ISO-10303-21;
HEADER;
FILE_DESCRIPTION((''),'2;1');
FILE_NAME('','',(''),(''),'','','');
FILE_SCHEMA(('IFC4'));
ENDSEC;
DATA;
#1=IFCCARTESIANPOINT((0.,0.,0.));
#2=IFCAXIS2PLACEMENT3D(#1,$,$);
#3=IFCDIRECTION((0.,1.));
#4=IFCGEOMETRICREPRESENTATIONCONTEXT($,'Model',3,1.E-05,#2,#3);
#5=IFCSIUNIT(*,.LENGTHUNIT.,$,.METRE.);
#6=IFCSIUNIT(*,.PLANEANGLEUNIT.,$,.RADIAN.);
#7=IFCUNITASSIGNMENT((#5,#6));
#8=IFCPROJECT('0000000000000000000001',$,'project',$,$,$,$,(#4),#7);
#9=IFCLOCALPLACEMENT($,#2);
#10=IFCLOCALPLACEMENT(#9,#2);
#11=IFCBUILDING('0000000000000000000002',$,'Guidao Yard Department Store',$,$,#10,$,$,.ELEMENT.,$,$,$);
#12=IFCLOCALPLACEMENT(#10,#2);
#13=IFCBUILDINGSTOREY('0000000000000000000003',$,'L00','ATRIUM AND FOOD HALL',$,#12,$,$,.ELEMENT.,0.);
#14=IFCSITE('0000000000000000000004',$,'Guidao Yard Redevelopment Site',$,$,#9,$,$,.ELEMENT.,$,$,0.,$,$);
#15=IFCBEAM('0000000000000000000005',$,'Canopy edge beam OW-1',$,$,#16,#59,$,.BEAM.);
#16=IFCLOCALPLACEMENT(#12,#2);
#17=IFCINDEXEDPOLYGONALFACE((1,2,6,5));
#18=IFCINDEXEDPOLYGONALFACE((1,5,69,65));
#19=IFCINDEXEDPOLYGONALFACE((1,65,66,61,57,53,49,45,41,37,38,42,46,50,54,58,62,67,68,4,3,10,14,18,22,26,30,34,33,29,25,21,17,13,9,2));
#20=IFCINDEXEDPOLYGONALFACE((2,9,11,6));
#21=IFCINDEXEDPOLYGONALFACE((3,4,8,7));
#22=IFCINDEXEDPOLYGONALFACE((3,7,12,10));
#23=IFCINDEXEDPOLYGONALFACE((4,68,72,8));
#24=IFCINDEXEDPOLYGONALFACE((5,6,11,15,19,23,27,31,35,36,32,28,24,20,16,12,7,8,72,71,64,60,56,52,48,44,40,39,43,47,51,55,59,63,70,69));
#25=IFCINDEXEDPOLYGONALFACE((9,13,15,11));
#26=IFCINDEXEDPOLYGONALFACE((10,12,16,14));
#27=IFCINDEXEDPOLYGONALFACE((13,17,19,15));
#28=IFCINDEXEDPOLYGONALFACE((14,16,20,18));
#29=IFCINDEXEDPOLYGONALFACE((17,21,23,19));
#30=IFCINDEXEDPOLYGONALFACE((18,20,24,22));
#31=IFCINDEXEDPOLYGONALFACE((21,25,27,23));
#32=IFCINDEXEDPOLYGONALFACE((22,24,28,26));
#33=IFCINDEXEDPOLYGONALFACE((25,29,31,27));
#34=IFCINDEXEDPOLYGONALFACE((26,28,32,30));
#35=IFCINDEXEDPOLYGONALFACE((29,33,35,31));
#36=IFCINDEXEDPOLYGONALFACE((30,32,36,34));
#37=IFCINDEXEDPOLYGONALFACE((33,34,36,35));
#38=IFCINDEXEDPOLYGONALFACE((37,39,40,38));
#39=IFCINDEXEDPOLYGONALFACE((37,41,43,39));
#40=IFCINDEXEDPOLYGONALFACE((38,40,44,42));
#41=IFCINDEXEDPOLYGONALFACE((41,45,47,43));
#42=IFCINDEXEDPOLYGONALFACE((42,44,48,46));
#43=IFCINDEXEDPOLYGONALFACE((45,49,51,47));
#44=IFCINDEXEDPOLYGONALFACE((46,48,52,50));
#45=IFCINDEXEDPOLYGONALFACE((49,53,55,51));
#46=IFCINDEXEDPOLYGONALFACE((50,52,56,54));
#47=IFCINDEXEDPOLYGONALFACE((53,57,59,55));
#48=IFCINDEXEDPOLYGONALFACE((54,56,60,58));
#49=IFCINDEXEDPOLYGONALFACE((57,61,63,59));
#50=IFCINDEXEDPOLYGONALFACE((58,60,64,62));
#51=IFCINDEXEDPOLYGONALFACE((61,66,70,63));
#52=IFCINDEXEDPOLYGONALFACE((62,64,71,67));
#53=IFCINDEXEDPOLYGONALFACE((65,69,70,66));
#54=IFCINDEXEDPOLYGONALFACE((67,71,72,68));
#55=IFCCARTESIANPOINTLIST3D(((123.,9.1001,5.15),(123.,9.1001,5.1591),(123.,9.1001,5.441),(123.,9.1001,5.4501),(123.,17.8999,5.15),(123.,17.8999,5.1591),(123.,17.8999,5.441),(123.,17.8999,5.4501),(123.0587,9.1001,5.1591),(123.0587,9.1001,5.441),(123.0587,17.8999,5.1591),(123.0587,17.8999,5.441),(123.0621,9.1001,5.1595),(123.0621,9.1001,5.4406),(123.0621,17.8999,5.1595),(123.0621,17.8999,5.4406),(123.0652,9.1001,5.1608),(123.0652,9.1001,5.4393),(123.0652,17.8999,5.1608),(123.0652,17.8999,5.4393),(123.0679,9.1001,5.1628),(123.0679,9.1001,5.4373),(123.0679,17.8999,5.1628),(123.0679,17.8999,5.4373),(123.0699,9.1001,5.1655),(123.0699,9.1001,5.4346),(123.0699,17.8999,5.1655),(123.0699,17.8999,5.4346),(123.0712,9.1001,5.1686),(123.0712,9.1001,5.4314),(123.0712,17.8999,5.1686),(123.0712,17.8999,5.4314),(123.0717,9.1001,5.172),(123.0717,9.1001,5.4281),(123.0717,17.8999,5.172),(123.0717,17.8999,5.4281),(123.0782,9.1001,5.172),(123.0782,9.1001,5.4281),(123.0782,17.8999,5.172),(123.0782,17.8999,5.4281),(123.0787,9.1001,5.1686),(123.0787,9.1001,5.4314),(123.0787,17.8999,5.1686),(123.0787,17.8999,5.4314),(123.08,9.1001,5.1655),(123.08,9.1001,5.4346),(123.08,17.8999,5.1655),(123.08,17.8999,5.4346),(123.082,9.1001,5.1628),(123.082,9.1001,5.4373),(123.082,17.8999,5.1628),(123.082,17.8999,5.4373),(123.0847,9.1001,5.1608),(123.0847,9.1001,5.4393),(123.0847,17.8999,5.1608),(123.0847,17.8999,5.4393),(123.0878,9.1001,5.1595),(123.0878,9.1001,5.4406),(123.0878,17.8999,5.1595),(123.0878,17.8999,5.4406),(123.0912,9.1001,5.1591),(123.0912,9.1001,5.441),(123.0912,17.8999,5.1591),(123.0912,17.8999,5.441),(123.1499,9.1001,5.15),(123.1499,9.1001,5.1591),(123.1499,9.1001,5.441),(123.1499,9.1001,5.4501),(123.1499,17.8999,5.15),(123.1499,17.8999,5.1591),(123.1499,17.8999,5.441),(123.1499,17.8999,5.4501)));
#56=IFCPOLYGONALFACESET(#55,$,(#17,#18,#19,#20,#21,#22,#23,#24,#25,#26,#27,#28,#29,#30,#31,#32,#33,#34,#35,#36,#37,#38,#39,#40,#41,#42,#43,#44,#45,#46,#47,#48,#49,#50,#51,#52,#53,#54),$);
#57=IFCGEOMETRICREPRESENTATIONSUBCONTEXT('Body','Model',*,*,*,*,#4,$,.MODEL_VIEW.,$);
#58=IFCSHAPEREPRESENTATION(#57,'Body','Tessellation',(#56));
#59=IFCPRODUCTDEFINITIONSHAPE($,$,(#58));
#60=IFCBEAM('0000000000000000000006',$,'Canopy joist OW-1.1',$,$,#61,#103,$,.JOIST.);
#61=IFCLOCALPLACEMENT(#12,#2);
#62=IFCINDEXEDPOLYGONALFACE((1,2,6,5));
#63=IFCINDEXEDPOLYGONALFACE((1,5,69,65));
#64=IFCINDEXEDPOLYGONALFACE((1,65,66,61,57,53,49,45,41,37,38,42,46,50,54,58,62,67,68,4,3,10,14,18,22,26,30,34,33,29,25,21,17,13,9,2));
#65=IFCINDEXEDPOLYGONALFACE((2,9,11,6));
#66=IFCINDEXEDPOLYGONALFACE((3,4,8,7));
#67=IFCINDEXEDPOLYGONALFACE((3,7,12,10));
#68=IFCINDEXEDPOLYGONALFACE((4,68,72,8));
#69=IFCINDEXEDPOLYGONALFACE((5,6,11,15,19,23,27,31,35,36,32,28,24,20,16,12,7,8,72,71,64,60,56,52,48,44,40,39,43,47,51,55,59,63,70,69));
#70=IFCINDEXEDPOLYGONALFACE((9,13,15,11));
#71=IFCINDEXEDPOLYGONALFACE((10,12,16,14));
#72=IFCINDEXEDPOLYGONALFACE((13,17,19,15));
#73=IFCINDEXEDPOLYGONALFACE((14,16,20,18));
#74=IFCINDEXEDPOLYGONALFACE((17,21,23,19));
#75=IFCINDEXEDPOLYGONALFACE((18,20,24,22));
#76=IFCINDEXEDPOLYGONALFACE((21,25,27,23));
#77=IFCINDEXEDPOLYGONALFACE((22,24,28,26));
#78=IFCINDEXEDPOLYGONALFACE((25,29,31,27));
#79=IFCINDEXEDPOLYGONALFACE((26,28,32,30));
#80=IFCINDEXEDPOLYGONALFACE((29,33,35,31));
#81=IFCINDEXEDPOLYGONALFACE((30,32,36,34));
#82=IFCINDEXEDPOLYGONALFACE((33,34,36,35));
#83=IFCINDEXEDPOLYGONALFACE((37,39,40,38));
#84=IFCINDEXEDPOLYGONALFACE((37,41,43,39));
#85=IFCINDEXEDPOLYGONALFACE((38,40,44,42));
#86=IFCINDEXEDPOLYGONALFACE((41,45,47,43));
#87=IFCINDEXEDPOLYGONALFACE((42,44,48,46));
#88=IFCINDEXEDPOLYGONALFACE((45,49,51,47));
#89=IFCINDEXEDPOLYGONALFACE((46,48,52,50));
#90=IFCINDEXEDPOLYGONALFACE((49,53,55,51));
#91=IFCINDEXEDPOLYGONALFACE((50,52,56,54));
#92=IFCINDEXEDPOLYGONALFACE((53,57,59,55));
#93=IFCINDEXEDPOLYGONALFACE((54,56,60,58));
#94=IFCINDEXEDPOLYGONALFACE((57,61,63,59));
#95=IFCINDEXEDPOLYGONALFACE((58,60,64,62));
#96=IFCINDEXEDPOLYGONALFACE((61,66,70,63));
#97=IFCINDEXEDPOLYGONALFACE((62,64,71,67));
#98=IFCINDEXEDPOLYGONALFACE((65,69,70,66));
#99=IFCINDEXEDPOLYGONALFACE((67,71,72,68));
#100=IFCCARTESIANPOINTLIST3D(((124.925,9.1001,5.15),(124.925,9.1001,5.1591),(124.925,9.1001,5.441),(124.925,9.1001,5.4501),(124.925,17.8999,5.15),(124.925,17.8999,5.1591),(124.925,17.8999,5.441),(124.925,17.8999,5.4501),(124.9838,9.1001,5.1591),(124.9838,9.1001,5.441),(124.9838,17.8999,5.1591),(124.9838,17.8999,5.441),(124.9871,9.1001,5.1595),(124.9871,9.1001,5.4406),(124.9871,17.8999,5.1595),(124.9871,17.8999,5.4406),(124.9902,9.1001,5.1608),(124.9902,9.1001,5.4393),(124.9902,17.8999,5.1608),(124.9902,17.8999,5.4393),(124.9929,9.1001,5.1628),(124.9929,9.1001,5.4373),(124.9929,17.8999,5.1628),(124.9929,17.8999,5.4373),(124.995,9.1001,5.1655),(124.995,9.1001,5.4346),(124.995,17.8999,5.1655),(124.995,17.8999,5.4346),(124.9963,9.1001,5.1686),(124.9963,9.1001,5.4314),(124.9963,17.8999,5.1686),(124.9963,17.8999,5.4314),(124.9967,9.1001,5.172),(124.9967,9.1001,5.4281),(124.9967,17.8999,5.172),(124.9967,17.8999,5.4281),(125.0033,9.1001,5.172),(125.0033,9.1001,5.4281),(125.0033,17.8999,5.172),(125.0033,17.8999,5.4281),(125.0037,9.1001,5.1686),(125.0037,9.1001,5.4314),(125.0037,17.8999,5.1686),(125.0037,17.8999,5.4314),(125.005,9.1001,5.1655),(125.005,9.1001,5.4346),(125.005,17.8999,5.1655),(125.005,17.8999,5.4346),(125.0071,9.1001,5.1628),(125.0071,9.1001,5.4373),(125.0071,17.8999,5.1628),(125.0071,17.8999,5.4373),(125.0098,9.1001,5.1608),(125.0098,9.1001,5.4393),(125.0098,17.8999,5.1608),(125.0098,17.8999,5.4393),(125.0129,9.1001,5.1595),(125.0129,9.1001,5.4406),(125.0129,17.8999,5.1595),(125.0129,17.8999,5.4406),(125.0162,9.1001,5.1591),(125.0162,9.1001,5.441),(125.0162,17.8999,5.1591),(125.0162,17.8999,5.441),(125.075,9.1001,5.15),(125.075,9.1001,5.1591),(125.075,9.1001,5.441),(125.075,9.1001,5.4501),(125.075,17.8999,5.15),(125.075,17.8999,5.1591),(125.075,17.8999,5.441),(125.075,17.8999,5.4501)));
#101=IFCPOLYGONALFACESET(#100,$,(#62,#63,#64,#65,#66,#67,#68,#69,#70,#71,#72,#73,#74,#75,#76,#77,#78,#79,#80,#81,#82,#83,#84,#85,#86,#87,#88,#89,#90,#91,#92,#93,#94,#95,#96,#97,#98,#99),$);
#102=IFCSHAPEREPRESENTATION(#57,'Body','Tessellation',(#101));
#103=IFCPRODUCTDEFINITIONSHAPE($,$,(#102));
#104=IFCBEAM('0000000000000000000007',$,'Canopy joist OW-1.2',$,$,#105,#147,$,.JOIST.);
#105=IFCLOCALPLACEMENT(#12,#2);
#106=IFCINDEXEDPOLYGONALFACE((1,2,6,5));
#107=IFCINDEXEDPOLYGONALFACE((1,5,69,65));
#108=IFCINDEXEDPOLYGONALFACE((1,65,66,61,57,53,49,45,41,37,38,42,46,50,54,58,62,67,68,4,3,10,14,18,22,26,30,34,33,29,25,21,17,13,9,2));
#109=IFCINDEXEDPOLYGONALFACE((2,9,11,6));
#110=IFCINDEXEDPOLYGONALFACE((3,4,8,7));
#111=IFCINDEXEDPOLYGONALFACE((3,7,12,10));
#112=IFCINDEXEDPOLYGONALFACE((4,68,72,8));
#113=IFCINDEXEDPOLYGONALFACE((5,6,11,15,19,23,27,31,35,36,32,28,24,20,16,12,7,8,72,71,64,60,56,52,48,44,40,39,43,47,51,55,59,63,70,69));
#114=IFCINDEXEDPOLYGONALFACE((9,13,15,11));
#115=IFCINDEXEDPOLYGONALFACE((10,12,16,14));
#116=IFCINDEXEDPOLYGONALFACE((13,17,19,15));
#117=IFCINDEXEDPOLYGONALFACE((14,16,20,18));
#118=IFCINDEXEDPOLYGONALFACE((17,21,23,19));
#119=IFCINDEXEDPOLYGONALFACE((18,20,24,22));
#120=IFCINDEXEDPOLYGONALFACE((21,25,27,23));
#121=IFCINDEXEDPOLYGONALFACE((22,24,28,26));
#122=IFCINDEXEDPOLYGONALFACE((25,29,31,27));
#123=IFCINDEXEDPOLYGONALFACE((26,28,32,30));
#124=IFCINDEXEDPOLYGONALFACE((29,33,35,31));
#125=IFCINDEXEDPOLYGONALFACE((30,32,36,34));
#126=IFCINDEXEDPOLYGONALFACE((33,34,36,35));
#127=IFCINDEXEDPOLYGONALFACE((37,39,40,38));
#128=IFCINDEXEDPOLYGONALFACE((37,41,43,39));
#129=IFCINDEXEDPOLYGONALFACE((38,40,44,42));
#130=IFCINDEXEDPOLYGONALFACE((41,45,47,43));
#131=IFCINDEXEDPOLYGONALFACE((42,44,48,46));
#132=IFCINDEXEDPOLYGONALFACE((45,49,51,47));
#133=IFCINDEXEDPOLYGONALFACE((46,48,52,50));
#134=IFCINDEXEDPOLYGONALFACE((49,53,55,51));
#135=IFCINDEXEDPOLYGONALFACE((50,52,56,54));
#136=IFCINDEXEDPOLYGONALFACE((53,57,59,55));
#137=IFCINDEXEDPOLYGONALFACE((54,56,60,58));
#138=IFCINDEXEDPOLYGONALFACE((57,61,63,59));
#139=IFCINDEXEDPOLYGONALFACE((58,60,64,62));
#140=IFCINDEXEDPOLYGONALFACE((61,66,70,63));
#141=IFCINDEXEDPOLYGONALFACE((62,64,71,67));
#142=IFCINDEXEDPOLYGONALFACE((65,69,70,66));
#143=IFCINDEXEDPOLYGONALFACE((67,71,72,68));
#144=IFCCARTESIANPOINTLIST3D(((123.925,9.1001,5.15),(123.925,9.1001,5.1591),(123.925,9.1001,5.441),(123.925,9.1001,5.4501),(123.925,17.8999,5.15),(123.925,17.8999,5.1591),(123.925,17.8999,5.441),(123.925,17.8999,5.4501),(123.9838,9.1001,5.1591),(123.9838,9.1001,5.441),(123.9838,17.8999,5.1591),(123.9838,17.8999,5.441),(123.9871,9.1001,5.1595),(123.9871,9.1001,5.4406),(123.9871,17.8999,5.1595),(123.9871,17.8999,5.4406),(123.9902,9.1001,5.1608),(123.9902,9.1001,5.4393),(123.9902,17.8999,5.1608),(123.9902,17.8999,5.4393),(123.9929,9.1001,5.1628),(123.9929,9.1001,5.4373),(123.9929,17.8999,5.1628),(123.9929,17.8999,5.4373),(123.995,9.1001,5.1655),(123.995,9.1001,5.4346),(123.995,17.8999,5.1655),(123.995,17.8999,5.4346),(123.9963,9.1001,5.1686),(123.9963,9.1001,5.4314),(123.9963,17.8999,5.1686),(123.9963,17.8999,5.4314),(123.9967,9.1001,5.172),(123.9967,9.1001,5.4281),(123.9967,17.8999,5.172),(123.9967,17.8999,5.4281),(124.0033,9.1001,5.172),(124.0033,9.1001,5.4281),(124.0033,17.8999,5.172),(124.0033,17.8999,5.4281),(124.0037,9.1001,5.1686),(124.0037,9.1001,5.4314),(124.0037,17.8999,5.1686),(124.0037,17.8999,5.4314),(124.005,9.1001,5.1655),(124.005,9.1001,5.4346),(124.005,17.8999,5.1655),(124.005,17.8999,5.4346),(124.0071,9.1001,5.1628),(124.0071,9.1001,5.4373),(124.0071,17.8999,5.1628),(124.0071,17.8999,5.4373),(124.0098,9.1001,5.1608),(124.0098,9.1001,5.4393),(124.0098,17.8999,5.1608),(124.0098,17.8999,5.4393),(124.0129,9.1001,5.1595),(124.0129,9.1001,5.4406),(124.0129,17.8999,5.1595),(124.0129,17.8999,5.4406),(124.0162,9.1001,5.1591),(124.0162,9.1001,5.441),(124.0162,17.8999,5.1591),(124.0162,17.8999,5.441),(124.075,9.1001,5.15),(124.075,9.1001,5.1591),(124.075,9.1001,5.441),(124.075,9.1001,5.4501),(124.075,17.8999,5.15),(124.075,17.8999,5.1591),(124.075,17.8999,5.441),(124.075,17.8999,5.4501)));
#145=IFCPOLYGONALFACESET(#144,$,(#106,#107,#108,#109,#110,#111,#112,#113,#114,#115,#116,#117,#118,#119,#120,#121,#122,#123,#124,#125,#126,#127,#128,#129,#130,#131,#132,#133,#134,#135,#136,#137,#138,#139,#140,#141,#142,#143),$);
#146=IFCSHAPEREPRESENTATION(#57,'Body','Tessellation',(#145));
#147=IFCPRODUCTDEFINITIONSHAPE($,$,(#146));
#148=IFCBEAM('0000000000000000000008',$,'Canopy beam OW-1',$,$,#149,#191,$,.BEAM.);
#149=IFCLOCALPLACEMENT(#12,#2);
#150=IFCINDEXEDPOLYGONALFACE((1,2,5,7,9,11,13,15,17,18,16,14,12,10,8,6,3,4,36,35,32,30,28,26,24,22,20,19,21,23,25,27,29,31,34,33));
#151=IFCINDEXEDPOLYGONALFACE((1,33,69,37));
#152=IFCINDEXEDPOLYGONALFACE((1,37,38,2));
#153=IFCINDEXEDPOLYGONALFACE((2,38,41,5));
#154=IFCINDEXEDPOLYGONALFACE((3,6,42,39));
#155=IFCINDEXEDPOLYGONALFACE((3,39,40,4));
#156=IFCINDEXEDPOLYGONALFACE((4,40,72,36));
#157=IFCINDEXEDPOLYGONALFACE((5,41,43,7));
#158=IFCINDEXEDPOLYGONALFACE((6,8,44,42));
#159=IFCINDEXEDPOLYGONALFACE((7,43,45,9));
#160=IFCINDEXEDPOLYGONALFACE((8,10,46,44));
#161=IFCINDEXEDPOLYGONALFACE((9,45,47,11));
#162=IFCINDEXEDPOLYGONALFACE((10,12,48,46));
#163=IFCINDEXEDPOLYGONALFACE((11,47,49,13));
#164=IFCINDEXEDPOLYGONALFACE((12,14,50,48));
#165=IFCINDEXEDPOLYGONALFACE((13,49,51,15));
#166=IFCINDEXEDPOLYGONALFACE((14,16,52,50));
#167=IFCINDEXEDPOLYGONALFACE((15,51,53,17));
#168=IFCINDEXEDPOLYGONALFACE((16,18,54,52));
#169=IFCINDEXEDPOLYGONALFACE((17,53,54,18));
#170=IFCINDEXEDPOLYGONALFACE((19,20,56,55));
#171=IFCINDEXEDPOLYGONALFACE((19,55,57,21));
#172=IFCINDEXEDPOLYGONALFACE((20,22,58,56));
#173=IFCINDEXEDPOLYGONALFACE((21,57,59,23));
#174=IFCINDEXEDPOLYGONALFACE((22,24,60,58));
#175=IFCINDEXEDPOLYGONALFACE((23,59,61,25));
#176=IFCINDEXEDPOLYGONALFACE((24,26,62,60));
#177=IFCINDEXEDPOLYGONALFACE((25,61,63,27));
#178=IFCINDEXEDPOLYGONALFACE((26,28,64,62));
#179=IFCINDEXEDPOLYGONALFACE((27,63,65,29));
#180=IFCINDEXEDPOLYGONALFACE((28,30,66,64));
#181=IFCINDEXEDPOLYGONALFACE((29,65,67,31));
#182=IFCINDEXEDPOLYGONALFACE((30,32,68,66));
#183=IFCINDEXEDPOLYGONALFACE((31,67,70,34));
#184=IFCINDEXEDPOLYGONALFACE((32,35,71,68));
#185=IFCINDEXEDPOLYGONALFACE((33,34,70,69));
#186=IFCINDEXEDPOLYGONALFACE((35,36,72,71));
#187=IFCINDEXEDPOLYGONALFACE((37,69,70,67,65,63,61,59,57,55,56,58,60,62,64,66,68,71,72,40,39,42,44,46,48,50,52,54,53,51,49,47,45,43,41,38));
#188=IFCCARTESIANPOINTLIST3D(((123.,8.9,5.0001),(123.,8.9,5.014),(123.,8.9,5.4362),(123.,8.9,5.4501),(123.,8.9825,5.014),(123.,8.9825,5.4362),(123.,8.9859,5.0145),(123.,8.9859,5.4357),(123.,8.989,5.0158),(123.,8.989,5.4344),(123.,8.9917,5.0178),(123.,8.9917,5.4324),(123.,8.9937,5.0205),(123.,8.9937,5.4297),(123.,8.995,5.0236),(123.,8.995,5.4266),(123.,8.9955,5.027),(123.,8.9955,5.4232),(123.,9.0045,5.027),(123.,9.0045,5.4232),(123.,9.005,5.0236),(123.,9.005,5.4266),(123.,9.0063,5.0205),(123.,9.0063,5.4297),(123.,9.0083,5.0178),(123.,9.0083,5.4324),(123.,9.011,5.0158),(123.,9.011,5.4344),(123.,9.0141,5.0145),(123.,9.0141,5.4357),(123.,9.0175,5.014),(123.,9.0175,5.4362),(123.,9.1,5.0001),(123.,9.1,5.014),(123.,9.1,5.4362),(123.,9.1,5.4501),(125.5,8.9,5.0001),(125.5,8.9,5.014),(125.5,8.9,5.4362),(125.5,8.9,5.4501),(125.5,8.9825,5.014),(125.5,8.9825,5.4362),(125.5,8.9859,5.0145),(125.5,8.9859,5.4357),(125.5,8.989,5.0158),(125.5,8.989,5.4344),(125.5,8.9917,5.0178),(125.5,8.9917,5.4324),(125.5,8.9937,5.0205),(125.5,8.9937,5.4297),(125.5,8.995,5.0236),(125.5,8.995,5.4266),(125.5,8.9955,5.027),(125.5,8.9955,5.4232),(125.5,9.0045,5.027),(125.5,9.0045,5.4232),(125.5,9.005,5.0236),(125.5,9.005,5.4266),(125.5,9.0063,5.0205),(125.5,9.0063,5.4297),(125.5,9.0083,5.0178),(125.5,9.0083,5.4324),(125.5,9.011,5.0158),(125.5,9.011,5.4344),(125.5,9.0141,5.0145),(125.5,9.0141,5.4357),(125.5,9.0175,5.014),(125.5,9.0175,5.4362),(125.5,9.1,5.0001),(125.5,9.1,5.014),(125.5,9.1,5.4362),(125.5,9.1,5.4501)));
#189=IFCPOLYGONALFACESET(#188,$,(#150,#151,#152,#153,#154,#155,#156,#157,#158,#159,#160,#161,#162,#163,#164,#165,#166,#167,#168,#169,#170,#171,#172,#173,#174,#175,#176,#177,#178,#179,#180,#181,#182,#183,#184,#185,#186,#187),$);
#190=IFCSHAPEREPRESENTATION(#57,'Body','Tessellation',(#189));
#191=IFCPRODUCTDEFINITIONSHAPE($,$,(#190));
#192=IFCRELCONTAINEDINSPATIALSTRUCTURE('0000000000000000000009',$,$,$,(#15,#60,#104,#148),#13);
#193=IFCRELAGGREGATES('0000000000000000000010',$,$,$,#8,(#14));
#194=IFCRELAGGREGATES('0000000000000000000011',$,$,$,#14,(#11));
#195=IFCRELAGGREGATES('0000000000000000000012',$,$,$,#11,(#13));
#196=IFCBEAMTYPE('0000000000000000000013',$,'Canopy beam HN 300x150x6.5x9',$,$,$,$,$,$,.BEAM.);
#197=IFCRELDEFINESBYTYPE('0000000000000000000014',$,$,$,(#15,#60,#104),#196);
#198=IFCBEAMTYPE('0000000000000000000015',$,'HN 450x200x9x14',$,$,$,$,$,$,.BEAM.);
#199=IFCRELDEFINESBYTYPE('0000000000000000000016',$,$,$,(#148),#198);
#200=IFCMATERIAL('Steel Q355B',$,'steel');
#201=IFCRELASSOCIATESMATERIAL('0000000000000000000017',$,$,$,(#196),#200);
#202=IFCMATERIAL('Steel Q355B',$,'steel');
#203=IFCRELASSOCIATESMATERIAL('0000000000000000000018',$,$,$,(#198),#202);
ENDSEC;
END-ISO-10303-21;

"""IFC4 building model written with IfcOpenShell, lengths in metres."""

from ifc_helpers import new_model, si_unit, direction, frame, origin, origin_2d, place, context, subcontext, project, spatial, i_section, extrude, material, material_profile, profile_set, type_object, element, save


model = new_model("IFC4")

# Units and contexts
model_context = context("Model", 3, precision=1e-05, world=origin(), true_north=direction((0.0, 1.0)))
body_context = subcontext(model_context, "Body", "Model", "MODEL_VIEW")
ifc_project = project(units=[si_unit("LENGTHUNIT", "METRE"), si_unit("PLANEANGLEUNIT", "RADIAN")], contexts=[model_context])

# Site, building, storey
site_placement = place(None, origin())
site = spatial("IfcSite", under=ifc_project, at=site_placement, Name="Guidao Yard Redevelopment Site", CompositionType="ELEMENT", RefElevation=0.0)
building_placement = place(site_placement, origin())
building = spatial("IfcBuilding", under=site, at=building_placement, Name="Guidao Yard Department Store", CompositionType="ELEMENT")
storey_placement = place(building_placement, origin())
storey = spatial("IfcBuildingStorey", under=building, at=storey_placement, Name="L00", Description="ATRIUM AND FOOD HALL", CompositionType="ELEMENT", Elevation=0.0)

# Beams
ifc_material_1 = material(Name="Steel Q355B", Category="steel")
ifc_material_profile_1 = material_profile(ifc_material_1, i_section(OverallWidth=0.1499, OverallDepth=0.3, WebThickness=0.0066, FlangeThickness=0.009, FilletRadius=0.0129, at=origin_2d()), Name="HN 300x150x6.5x9")
ifc_profile_set_1 = profile_set([ifc_material_profile_1], Name="Steel Q355B")
beam_type_1 = type_object("IfcBeamType", Name="Canopy beam HN 300x150x6.5x9", PredefinedType="BEAM", material=ifc_profile_set_1)
beam_1_placement = place(storey_placement, frame((123.075, 9.1001, 5.3), z_axis=(0.0, 1.0, 0.0), x_axis=(-1.0, 0.0, 0.0)))
element("IfcBeam", 1, at=beam_1_placement, inside=storey, type_object=beam_type_1, Name="Canopy edge beam OW-1", PredefinedType="BEAM", context=body_context, shape_type="SweptSolid", body=[
    extrude(i_section(OverallWidth=0.1499, OverallDepth=0.3, WebThickness=0.0066, FlangeThickness=0.009, FilletRadius=0.0129, at=origin_2d()), origin(), (0.0, 0.0, 1.0), 8.7998),
])
for number, where, z_axis, x_axis, name in (
    (2, (125.0, 9.1001, 5.3), (0.0, 1.0, 0.0), (-1.0, 0.0, 0.0), "Canopy joist OW-1.1"),
    (3, (124.0, 9.1001, 5.3), (0.0, 1.0, 0.0), (-1.0, 0.0, 0.0), "Canopy joist OW-1.2"),
):
    element("IfcBeam", number, at=place(storey_placement, frame(where, z_axis=z_axis, x_axis=x_axis)), inside=storey, type_object=beam_type_1, Name=name, PredefinedType="JOIST", context=body_context, shape_type="SweptSolid", body=[
        extrude(i_section(OverallWidth=0.1499, OverallDepth=0.3, WebThickness=0.0066, FlangeThickness=0.009, FilletRadius=0.0129, at=origin_2d()), origin(), (0.0, 0.0, 1.0), 8.7998),
    ])
ifc_material_2 = material(Name="Steel Q355B", Category="steel")
ifc_material_profile_2 = material_profile(ifc_material_2, i_section(OverallWidth=0.2, OverallDepth=0.45, WebThickness=0.009, FlangeThickness=0.0139, FilletRadius=0.0129, at=origin_2d()), Name="HN 450x200x9x14")
ifc_profile_set_2 = profile_set([ifc_material_profile_2], Name="Steel Q355B")
beam_type_2 = type_object("IfcBeamType", Name="HN 450x200x9x14", PredefinedType="BEAM", material=ifc_profile_set_2)
beam_2_placement = place(storey_placement, frame((125.5, 9.0, 5.2251), z_axis=(-1.0, 0.0, 0.0), x_axis=(0.0, -1.0, 0.0)))
element("IfcBeam", 4, at=beam_2_placement, inside=storey, type_object=beam_type_2, Name="Canopy beam OW-1", PredefinedType="BEAM", context=body_context, shape_type="SweptSolid", body=[
    extrude(i_section(OverallWidth=0.2, OverallDepth=0.45, WebThickness=0.009, FlangeThickness=0.0139, FilletRadius=0.0129, at=origin_2d()), origin(), (0.0, 0.0, 1.0), 2.5),
])

save(model, "model.ifc")
